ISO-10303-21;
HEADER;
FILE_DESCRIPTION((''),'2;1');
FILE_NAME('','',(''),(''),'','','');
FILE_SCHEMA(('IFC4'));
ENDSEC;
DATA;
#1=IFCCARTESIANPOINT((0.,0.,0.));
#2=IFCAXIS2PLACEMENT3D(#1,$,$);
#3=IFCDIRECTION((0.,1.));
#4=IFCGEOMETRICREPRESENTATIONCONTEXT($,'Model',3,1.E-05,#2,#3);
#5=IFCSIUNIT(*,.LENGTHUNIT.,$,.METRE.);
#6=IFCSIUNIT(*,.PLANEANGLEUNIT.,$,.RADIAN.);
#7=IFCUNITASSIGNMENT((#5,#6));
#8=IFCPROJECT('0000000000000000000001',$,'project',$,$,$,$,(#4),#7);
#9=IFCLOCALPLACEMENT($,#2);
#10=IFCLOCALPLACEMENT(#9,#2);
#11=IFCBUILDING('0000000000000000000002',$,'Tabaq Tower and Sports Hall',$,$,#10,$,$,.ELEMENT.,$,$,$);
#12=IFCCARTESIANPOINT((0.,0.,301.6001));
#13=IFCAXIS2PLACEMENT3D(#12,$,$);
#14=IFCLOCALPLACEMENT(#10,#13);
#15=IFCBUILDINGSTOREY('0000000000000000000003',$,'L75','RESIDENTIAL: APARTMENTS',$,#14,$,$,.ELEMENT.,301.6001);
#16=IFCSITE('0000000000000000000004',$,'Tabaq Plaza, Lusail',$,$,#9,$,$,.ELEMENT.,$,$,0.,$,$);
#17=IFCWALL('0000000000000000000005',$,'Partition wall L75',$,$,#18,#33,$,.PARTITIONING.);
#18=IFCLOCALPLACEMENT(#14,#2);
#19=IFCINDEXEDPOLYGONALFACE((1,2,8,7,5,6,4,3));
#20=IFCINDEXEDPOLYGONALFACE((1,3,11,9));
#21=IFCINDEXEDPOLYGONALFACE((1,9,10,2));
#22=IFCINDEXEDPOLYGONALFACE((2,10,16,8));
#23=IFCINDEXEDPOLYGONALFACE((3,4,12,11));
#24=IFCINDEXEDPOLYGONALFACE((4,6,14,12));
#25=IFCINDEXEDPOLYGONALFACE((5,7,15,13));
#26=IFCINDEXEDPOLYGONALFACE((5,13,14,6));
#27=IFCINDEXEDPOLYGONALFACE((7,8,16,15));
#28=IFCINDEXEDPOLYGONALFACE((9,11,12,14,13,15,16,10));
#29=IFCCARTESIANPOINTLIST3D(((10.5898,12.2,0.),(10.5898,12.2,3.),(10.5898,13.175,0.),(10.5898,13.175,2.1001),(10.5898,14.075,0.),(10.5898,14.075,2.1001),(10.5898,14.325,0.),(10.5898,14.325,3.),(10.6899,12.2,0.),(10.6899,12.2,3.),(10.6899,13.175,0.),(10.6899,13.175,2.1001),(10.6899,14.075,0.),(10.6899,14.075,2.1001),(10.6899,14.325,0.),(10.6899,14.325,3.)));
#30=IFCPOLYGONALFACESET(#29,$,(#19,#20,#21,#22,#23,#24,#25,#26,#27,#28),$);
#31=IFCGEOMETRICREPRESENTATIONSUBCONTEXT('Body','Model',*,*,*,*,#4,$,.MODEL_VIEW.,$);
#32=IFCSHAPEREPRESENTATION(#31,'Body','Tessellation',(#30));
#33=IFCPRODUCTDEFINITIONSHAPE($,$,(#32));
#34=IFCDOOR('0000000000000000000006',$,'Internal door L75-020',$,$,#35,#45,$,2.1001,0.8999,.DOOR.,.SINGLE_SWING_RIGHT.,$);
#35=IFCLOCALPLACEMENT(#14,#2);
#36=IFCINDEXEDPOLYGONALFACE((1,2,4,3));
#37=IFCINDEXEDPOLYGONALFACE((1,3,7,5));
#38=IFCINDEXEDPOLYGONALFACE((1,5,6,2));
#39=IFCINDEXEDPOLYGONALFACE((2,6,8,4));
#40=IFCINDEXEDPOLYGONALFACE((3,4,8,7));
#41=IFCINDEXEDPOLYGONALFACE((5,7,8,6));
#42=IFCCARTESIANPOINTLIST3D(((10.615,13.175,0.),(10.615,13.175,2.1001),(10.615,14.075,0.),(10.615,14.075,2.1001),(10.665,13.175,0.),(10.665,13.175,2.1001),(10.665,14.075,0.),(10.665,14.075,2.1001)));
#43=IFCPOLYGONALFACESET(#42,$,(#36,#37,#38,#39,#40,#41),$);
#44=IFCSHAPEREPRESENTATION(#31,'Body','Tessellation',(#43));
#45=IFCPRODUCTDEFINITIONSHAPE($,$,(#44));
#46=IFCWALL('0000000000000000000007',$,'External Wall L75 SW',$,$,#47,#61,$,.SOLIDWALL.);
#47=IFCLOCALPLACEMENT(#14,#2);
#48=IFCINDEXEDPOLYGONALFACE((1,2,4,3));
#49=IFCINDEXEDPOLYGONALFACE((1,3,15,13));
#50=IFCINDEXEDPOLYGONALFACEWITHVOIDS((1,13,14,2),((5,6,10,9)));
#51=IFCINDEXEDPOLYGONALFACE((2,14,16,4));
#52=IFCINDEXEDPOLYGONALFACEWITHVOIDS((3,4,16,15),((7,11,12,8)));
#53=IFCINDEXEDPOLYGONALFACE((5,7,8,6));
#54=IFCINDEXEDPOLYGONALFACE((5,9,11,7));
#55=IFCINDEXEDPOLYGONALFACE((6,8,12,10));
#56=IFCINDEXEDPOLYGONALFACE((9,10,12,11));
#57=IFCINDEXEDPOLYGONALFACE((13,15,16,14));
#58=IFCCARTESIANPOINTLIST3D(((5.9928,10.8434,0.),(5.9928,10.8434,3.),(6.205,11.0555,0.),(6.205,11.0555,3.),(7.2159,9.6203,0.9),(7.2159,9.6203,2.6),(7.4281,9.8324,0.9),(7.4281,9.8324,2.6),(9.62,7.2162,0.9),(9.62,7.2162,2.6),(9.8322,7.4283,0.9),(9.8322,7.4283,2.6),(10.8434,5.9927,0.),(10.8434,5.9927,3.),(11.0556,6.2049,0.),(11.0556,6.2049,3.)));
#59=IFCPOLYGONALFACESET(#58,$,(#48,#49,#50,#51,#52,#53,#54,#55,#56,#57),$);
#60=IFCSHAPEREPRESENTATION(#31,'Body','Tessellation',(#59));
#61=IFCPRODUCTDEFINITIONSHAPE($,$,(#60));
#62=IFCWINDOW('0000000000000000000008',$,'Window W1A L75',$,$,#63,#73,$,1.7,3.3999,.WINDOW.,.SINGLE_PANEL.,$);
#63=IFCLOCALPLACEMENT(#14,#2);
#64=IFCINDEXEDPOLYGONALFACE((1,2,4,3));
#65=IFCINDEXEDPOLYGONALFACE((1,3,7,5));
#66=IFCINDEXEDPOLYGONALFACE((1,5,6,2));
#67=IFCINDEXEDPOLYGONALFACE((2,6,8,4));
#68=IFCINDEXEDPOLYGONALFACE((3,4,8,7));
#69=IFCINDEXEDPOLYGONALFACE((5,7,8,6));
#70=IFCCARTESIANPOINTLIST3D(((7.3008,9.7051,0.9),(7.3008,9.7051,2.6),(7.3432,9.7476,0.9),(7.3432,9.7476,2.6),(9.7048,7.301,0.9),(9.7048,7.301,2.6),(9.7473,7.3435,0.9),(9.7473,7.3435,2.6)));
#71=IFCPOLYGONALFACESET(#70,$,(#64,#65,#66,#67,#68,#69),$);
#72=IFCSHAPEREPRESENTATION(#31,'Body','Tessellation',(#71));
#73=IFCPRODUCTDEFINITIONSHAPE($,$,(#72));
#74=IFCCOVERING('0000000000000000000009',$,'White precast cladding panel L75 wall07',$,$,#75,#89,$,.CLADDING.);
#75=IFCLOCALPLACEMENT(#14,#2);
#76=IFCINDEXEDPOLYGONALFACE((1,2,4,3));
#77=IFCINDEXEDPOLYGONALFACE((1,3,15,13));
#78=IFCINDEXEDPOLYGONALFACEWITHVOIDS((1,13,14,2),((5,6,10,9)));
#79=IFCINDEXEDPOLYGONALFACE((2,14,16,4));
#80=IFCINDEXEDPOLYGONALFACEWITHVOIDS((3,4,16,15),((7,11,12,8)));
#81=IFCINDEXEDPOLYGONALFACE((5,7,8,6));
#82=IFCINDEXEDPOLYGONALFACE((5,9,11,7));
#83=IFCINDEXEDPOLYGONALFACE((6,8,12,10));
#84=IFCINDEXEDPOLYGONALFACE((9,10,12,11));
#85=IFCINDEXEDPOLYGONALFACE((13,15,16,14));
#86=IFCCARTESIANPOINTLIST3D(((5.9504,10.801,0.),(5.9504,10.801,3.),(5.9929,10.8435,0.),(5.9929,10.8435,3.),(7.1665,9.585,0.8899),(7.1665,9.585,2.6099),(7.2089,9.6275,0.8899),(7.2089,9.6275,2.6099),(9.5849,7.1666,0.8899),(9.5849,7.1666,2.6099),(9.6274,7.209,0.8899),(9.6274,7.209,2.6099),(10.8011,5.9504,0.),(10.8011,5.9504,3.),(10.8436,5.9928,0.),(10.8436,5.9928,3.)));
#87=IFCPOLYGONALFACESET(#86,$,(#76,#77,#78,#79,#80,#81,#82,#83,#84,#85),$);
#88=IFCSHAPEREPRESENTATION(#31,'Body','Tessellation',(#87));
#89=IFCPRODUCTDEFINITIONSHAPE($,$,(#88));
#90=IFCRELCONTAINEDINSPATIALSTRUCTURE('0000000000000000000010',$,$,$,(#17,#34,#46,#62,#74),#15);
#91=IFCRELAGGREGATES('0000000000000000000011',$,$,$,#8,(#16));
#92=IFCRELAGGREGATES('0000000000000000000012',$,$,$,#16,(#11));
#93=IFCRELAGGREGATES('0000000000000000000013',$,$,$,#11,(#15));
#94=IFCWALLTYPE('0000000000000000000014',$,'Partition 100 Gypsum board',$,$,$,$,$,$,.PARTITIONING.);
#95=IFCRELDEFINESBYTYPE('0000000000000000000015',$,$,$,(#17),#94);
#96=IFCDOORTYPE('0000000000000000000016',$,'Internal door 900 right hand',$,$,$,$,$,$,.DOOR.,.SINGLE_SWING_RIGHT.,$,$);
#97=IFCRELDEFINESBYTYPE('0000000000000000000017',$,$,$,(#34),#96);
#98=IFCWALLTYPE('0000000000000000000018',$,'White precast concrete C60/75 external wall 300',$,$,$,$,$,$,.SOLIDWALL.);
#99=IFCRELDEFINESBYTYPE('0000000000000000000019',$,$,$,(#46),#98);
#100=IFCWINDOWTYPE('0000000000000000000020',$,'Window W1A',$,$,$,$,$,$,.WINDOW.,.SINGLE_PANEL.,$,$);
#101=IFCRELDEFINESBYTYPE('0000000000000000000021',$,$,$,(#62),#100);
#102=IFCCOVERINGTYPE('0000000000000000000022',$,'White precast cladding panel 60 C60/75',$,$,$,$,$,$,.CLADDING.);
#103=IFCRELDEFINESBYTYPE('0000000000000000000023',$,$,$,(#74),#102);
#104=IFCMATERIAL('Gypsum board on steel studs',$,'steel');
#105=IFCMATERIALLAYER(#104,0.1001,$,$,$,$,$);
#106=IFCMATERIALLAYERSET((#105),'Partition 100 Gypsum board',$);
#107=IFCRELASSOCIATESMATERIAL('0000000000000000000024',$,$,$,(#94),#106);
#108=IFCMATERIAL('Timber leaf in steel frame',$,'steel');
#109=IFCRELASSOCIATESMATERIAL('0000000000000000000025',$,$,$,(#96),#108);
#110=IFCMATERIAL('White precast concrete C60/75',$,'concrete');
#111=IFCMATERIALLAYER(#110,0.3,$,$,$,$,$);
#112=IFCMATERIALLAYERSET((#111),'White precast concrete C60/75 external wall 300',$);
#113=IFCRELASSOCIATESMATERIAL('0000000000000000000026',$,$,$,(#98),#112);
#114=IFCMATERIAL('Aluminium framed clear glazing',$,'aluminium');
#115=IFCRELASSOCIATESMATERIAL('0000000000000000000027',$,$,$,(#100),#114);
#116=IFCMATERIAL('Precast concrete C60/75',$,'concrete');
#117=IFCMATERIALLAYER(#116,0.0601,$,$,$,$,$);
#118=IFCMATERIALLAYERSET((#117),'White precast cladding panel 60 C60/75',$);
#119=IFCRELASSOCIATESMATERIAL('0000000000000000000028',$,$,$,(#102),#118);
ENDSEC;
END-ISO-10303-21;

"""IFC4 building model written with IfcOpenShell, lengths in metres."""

from ifc_helpers import new_model, si_unit, direction, frame, frame_2d, origin, place, context, subcontext, project, spatial, polyline, rectangle, outline, extrude, material, layer, layer_set, type_object, element, fill, save


model = new_model("IFC4")

# Units and contexts
model_context = context("Model", 3, precision=1e-05, world=origin(), true_north=direction((0.0, 1.0)))
body_context = subcontext(model_context, "Body", "Model", "MODEL_VIEW")
ifc_project = project(units=[si_unit("LENGTHUNIT", "METRE"), si_unit("PLANEANGLEUNIT", "RADIAN")], contexts=[model_context])

# Site, building, storey
site_placement = place(None, origin())
site = spatial("IfcSite", under=ifc_project, at=site_placement, Name="Tabaq Plaza, Lusail", CompositionType="ELEMENT", RefElevation=0.0)
building_placement = place(site_placement, origin())
building = spatial("IfcBuilding", under=site, at=building_placement, Name="Tabaq Tower and Sports Hall", CompositionType="ELEMENT")
storey_placement = place(building_placement, frame((0.0, 0.0, 301.6001)))
storey = spatial("IfcBuildingStorey", under=building, at=storey_placement, Name="L75", Description="RESIDENTIAL: APARTMENTS", CompositionType="ELEMENT", Elevation=301.6001)

# Shared definitions
ifc_material_1 = material(Name="Gypsum board on steel studs", Category="steel")
ifc_layer_1 = layer(ifc_material_1, 0.1001)
ifc_layer_set_1 = layer_set([ifc_layer_1], Name="Partition 100 Gypsum board")
wall_type_1 = type_object("IfcWallType", Name="Partition 100 Gypsum board", PredefinedType="PARTITIONING", material=ifc_layer_set_1)
ifc_material_2 = material(Name="Timber leaf in steel frame", Category="steel")
door_type_1 = type_object("IfcDoorType", Name="Internal door 900 right hand", OperationType="SINGLE_SWING_RIGHT", PredefinedType="DOOR", material=ifc_material_2)

# Wall, opening, door
wall_1_placement = place(storey_placement, frame((10.6399, 12.2, 0.0), z_axis=(0.0, 0.0, 1.0), x_axis=(0.0, 1.0, 0.0)))
wall_1 = element("IfcWall", 1, at=wall_1_placement, inside=storey, type_object=wall_type_1, Name="Partition wall L75", PredefinedType="PARTITIONING", context=body_context, shape_type="SweptSolid", body=[
    extrude(rectangle(XDim=2.125, YDim=0.1001, at=frame_2d((1.0625, 0.0))), origin(), (0.0, 0.0, 1.0), 3.0),
])
opening_1_placement = place(wall_1_placement, frame((0.9751, 0.0, 0.0)))
opening_1 = element("IfcOpeningElement", 2, at=opening_1_placement, cuts=wall_1, PredefinedType="OPENING", context=body_context, shape_type="SweptSolid", body=[
    extrude(rectangle(XDim=0.8999, YDim=2.1001, at=frame_2d((0.45, 1.05))), frame((0.0, 0.05, 0.0), z_axis=(0.0, -1.0, 0.0), x_axis=(1.0, 0.0, 0.0)), (0.0, 0.0, 1.0), 0.1001),
])
door_1_placement = place(opening_1_placement, origin())
door_1 = element("IfcDoor", 3, at=door_1_placement, inside=storey, type_object=door_type_1, Name="Internal door L75-020", OperationType="SINGLE_SWING_RIGHT", OverallHeight=2.1001, OverallWidth=0.8999, PredefinedType="DOOR", context=body_context, shape_type="SweptSolid", body=[
    extrude(rectangle(XDim=0.8999, YDim=2.1001, at=frame_2d((0.45, 1.05))), frame((0.0, 0.0249, 0.0), z_axis=(0.0, -1.0, 0.0), x_axis=(1.0, 0.0, 0.0)), (0.0, 0.0, 1.0), 0.05),
])
fill(opening_1, door_1)

# Wall, opening, window
ifc_material_3 = material(Name="White precast concrete C60/75", Category="concrete")
ifc_layer_2 = layer(ifc_material_3, 0.3)
ifc_layer_set_2 = layer_set([ifc_layer_2], Name="White precast concrete C60/75 external wall 300")
wall_type_2 = type_object("IfcWallType", Name="White precast concrete C60/75 external wall 300", PredefinedType="SOLIDWALL", material=ifc_layer_set_2)
wall_2_placement = place(storey_placement, frame((6.0989, 10.9495, 0.0), z_axis=(0.0, 0.0, 1.0), x_axis=(0.707107, -0.707107, 0.0)))
wall_2 = element("IfcWall", 4, at=wall_2_placement, inside=storey, type_object=wall_type_2, Name="External Wall L75 SW", PredefinedType="SOLIDWALL", context=body_context, shape_type="SweptSolid", body=[
    extrude(rectangle(XDim=6.8599, YDim=0.3, at=frame_2d((3.4299, 0.0))), origin(), (0.0, 0.0, 1.0), 3.0),
])
opening_2_placement = place(wall_2_placement, frame((1.7297, 0.0, 0.8999)))
opening_2 = element("IfcOpeningElement", 5, at=opening_2_placement, cuts=wall_2, PredefinedType="OPENING", context=body_context, shape_type="SweptSolid", body=[
    extrude(rectangle(XDim=3.3999, YDim=1.7, at=frame_2d((1.7, 0.8501))), frame((0.0, 0.1602, 0.0), z_axis=(0.0, -1.0, 0.0), x_axis=(1.0, 0.0, 0.0)), (0.0, 0.0, 1.0), 0.3201),
])
ifc_material_4 = material(Name="Aluminium framed clear glazing", Category="aluminium")
window_type = type_object("IfcWindowType", Name="Window W1A", PartitioningType="SINGLE_PANEL", PredefinedType="WINDOW", material=ifc_material_4)
window_placement = place(opening_2_placement, origin())
window = element("IfcWindow", 6, at=window_placement, inside=storey, type_object=window_type, Name="Window W1A L75", OverallHeight=1.7, OverallWidth=3.3999, PartitioningType="SINGLE_PANEL", PredefinedType="WINDOW", context=body_context, shape_type="SweptSolid", body=[
    extrude(rectangle(XDim=3.3999, YDim=1.7, at=frame_2d((1.7, 0.8501))), frame((0.0, 0.03, 0.0), z_axis=(0.0, -1.0, 0.0), x_axis=(1.0, 0.0, 0.0)), (0.0, 0.0, 1.0), 0.0601),
])
fill(opening_2, window)

# Covering
ifc_material_5 = material(Name="Precast concrete C60/75", Category="concrete")
ifc_layer_3 = layer(ifc_material_5, 0.0601)
ifc_layer_set_3 = layer_set([ifc_layer_3], Name="White precast cladding panel 60 C60/75")
covering_type = type_object("IfcCoveringType", Name="White precast cladding panel 60 C60/75", PredefinedType="CLADDING", material=ifc_layer_set_3)
covering_placement = place(storey_placement, frame((5.9717, 10.8223, 0.0), z_axis=(0.0, 0.0, 1.0), x_axis=(0.707107, -0.707107, 0.0)))
element("IfcCovering", 7, at=covering_placement, inside=storey, type_object=covering_type, Name="White precast cladding panel L75 wall07", PredefinedType="CLADDING", context=body_context, shape_type="SweptSolid", body=[
    extrude(outline(polyline([(0.0, 0.0), (6.8599, 0.0), (6.8599, 3.0), (0.0, 3.0), (0.0, 0.0)]), holes=[polyline([(1.7197, 0.8899), (1.7197, 2.6099), (5.1399, 2.6099), (5.1399, 0.8899), (1.7197, 0.8899)])]), frame((0.0, 0.03, 0.0), z_axis=(0.0, -1.0, 0.0), x_axis=(1.0, 0.0, 0.0)), (0.0, 0.0, 1.0), 0.0601),
])

save(model, "model.ifc")
